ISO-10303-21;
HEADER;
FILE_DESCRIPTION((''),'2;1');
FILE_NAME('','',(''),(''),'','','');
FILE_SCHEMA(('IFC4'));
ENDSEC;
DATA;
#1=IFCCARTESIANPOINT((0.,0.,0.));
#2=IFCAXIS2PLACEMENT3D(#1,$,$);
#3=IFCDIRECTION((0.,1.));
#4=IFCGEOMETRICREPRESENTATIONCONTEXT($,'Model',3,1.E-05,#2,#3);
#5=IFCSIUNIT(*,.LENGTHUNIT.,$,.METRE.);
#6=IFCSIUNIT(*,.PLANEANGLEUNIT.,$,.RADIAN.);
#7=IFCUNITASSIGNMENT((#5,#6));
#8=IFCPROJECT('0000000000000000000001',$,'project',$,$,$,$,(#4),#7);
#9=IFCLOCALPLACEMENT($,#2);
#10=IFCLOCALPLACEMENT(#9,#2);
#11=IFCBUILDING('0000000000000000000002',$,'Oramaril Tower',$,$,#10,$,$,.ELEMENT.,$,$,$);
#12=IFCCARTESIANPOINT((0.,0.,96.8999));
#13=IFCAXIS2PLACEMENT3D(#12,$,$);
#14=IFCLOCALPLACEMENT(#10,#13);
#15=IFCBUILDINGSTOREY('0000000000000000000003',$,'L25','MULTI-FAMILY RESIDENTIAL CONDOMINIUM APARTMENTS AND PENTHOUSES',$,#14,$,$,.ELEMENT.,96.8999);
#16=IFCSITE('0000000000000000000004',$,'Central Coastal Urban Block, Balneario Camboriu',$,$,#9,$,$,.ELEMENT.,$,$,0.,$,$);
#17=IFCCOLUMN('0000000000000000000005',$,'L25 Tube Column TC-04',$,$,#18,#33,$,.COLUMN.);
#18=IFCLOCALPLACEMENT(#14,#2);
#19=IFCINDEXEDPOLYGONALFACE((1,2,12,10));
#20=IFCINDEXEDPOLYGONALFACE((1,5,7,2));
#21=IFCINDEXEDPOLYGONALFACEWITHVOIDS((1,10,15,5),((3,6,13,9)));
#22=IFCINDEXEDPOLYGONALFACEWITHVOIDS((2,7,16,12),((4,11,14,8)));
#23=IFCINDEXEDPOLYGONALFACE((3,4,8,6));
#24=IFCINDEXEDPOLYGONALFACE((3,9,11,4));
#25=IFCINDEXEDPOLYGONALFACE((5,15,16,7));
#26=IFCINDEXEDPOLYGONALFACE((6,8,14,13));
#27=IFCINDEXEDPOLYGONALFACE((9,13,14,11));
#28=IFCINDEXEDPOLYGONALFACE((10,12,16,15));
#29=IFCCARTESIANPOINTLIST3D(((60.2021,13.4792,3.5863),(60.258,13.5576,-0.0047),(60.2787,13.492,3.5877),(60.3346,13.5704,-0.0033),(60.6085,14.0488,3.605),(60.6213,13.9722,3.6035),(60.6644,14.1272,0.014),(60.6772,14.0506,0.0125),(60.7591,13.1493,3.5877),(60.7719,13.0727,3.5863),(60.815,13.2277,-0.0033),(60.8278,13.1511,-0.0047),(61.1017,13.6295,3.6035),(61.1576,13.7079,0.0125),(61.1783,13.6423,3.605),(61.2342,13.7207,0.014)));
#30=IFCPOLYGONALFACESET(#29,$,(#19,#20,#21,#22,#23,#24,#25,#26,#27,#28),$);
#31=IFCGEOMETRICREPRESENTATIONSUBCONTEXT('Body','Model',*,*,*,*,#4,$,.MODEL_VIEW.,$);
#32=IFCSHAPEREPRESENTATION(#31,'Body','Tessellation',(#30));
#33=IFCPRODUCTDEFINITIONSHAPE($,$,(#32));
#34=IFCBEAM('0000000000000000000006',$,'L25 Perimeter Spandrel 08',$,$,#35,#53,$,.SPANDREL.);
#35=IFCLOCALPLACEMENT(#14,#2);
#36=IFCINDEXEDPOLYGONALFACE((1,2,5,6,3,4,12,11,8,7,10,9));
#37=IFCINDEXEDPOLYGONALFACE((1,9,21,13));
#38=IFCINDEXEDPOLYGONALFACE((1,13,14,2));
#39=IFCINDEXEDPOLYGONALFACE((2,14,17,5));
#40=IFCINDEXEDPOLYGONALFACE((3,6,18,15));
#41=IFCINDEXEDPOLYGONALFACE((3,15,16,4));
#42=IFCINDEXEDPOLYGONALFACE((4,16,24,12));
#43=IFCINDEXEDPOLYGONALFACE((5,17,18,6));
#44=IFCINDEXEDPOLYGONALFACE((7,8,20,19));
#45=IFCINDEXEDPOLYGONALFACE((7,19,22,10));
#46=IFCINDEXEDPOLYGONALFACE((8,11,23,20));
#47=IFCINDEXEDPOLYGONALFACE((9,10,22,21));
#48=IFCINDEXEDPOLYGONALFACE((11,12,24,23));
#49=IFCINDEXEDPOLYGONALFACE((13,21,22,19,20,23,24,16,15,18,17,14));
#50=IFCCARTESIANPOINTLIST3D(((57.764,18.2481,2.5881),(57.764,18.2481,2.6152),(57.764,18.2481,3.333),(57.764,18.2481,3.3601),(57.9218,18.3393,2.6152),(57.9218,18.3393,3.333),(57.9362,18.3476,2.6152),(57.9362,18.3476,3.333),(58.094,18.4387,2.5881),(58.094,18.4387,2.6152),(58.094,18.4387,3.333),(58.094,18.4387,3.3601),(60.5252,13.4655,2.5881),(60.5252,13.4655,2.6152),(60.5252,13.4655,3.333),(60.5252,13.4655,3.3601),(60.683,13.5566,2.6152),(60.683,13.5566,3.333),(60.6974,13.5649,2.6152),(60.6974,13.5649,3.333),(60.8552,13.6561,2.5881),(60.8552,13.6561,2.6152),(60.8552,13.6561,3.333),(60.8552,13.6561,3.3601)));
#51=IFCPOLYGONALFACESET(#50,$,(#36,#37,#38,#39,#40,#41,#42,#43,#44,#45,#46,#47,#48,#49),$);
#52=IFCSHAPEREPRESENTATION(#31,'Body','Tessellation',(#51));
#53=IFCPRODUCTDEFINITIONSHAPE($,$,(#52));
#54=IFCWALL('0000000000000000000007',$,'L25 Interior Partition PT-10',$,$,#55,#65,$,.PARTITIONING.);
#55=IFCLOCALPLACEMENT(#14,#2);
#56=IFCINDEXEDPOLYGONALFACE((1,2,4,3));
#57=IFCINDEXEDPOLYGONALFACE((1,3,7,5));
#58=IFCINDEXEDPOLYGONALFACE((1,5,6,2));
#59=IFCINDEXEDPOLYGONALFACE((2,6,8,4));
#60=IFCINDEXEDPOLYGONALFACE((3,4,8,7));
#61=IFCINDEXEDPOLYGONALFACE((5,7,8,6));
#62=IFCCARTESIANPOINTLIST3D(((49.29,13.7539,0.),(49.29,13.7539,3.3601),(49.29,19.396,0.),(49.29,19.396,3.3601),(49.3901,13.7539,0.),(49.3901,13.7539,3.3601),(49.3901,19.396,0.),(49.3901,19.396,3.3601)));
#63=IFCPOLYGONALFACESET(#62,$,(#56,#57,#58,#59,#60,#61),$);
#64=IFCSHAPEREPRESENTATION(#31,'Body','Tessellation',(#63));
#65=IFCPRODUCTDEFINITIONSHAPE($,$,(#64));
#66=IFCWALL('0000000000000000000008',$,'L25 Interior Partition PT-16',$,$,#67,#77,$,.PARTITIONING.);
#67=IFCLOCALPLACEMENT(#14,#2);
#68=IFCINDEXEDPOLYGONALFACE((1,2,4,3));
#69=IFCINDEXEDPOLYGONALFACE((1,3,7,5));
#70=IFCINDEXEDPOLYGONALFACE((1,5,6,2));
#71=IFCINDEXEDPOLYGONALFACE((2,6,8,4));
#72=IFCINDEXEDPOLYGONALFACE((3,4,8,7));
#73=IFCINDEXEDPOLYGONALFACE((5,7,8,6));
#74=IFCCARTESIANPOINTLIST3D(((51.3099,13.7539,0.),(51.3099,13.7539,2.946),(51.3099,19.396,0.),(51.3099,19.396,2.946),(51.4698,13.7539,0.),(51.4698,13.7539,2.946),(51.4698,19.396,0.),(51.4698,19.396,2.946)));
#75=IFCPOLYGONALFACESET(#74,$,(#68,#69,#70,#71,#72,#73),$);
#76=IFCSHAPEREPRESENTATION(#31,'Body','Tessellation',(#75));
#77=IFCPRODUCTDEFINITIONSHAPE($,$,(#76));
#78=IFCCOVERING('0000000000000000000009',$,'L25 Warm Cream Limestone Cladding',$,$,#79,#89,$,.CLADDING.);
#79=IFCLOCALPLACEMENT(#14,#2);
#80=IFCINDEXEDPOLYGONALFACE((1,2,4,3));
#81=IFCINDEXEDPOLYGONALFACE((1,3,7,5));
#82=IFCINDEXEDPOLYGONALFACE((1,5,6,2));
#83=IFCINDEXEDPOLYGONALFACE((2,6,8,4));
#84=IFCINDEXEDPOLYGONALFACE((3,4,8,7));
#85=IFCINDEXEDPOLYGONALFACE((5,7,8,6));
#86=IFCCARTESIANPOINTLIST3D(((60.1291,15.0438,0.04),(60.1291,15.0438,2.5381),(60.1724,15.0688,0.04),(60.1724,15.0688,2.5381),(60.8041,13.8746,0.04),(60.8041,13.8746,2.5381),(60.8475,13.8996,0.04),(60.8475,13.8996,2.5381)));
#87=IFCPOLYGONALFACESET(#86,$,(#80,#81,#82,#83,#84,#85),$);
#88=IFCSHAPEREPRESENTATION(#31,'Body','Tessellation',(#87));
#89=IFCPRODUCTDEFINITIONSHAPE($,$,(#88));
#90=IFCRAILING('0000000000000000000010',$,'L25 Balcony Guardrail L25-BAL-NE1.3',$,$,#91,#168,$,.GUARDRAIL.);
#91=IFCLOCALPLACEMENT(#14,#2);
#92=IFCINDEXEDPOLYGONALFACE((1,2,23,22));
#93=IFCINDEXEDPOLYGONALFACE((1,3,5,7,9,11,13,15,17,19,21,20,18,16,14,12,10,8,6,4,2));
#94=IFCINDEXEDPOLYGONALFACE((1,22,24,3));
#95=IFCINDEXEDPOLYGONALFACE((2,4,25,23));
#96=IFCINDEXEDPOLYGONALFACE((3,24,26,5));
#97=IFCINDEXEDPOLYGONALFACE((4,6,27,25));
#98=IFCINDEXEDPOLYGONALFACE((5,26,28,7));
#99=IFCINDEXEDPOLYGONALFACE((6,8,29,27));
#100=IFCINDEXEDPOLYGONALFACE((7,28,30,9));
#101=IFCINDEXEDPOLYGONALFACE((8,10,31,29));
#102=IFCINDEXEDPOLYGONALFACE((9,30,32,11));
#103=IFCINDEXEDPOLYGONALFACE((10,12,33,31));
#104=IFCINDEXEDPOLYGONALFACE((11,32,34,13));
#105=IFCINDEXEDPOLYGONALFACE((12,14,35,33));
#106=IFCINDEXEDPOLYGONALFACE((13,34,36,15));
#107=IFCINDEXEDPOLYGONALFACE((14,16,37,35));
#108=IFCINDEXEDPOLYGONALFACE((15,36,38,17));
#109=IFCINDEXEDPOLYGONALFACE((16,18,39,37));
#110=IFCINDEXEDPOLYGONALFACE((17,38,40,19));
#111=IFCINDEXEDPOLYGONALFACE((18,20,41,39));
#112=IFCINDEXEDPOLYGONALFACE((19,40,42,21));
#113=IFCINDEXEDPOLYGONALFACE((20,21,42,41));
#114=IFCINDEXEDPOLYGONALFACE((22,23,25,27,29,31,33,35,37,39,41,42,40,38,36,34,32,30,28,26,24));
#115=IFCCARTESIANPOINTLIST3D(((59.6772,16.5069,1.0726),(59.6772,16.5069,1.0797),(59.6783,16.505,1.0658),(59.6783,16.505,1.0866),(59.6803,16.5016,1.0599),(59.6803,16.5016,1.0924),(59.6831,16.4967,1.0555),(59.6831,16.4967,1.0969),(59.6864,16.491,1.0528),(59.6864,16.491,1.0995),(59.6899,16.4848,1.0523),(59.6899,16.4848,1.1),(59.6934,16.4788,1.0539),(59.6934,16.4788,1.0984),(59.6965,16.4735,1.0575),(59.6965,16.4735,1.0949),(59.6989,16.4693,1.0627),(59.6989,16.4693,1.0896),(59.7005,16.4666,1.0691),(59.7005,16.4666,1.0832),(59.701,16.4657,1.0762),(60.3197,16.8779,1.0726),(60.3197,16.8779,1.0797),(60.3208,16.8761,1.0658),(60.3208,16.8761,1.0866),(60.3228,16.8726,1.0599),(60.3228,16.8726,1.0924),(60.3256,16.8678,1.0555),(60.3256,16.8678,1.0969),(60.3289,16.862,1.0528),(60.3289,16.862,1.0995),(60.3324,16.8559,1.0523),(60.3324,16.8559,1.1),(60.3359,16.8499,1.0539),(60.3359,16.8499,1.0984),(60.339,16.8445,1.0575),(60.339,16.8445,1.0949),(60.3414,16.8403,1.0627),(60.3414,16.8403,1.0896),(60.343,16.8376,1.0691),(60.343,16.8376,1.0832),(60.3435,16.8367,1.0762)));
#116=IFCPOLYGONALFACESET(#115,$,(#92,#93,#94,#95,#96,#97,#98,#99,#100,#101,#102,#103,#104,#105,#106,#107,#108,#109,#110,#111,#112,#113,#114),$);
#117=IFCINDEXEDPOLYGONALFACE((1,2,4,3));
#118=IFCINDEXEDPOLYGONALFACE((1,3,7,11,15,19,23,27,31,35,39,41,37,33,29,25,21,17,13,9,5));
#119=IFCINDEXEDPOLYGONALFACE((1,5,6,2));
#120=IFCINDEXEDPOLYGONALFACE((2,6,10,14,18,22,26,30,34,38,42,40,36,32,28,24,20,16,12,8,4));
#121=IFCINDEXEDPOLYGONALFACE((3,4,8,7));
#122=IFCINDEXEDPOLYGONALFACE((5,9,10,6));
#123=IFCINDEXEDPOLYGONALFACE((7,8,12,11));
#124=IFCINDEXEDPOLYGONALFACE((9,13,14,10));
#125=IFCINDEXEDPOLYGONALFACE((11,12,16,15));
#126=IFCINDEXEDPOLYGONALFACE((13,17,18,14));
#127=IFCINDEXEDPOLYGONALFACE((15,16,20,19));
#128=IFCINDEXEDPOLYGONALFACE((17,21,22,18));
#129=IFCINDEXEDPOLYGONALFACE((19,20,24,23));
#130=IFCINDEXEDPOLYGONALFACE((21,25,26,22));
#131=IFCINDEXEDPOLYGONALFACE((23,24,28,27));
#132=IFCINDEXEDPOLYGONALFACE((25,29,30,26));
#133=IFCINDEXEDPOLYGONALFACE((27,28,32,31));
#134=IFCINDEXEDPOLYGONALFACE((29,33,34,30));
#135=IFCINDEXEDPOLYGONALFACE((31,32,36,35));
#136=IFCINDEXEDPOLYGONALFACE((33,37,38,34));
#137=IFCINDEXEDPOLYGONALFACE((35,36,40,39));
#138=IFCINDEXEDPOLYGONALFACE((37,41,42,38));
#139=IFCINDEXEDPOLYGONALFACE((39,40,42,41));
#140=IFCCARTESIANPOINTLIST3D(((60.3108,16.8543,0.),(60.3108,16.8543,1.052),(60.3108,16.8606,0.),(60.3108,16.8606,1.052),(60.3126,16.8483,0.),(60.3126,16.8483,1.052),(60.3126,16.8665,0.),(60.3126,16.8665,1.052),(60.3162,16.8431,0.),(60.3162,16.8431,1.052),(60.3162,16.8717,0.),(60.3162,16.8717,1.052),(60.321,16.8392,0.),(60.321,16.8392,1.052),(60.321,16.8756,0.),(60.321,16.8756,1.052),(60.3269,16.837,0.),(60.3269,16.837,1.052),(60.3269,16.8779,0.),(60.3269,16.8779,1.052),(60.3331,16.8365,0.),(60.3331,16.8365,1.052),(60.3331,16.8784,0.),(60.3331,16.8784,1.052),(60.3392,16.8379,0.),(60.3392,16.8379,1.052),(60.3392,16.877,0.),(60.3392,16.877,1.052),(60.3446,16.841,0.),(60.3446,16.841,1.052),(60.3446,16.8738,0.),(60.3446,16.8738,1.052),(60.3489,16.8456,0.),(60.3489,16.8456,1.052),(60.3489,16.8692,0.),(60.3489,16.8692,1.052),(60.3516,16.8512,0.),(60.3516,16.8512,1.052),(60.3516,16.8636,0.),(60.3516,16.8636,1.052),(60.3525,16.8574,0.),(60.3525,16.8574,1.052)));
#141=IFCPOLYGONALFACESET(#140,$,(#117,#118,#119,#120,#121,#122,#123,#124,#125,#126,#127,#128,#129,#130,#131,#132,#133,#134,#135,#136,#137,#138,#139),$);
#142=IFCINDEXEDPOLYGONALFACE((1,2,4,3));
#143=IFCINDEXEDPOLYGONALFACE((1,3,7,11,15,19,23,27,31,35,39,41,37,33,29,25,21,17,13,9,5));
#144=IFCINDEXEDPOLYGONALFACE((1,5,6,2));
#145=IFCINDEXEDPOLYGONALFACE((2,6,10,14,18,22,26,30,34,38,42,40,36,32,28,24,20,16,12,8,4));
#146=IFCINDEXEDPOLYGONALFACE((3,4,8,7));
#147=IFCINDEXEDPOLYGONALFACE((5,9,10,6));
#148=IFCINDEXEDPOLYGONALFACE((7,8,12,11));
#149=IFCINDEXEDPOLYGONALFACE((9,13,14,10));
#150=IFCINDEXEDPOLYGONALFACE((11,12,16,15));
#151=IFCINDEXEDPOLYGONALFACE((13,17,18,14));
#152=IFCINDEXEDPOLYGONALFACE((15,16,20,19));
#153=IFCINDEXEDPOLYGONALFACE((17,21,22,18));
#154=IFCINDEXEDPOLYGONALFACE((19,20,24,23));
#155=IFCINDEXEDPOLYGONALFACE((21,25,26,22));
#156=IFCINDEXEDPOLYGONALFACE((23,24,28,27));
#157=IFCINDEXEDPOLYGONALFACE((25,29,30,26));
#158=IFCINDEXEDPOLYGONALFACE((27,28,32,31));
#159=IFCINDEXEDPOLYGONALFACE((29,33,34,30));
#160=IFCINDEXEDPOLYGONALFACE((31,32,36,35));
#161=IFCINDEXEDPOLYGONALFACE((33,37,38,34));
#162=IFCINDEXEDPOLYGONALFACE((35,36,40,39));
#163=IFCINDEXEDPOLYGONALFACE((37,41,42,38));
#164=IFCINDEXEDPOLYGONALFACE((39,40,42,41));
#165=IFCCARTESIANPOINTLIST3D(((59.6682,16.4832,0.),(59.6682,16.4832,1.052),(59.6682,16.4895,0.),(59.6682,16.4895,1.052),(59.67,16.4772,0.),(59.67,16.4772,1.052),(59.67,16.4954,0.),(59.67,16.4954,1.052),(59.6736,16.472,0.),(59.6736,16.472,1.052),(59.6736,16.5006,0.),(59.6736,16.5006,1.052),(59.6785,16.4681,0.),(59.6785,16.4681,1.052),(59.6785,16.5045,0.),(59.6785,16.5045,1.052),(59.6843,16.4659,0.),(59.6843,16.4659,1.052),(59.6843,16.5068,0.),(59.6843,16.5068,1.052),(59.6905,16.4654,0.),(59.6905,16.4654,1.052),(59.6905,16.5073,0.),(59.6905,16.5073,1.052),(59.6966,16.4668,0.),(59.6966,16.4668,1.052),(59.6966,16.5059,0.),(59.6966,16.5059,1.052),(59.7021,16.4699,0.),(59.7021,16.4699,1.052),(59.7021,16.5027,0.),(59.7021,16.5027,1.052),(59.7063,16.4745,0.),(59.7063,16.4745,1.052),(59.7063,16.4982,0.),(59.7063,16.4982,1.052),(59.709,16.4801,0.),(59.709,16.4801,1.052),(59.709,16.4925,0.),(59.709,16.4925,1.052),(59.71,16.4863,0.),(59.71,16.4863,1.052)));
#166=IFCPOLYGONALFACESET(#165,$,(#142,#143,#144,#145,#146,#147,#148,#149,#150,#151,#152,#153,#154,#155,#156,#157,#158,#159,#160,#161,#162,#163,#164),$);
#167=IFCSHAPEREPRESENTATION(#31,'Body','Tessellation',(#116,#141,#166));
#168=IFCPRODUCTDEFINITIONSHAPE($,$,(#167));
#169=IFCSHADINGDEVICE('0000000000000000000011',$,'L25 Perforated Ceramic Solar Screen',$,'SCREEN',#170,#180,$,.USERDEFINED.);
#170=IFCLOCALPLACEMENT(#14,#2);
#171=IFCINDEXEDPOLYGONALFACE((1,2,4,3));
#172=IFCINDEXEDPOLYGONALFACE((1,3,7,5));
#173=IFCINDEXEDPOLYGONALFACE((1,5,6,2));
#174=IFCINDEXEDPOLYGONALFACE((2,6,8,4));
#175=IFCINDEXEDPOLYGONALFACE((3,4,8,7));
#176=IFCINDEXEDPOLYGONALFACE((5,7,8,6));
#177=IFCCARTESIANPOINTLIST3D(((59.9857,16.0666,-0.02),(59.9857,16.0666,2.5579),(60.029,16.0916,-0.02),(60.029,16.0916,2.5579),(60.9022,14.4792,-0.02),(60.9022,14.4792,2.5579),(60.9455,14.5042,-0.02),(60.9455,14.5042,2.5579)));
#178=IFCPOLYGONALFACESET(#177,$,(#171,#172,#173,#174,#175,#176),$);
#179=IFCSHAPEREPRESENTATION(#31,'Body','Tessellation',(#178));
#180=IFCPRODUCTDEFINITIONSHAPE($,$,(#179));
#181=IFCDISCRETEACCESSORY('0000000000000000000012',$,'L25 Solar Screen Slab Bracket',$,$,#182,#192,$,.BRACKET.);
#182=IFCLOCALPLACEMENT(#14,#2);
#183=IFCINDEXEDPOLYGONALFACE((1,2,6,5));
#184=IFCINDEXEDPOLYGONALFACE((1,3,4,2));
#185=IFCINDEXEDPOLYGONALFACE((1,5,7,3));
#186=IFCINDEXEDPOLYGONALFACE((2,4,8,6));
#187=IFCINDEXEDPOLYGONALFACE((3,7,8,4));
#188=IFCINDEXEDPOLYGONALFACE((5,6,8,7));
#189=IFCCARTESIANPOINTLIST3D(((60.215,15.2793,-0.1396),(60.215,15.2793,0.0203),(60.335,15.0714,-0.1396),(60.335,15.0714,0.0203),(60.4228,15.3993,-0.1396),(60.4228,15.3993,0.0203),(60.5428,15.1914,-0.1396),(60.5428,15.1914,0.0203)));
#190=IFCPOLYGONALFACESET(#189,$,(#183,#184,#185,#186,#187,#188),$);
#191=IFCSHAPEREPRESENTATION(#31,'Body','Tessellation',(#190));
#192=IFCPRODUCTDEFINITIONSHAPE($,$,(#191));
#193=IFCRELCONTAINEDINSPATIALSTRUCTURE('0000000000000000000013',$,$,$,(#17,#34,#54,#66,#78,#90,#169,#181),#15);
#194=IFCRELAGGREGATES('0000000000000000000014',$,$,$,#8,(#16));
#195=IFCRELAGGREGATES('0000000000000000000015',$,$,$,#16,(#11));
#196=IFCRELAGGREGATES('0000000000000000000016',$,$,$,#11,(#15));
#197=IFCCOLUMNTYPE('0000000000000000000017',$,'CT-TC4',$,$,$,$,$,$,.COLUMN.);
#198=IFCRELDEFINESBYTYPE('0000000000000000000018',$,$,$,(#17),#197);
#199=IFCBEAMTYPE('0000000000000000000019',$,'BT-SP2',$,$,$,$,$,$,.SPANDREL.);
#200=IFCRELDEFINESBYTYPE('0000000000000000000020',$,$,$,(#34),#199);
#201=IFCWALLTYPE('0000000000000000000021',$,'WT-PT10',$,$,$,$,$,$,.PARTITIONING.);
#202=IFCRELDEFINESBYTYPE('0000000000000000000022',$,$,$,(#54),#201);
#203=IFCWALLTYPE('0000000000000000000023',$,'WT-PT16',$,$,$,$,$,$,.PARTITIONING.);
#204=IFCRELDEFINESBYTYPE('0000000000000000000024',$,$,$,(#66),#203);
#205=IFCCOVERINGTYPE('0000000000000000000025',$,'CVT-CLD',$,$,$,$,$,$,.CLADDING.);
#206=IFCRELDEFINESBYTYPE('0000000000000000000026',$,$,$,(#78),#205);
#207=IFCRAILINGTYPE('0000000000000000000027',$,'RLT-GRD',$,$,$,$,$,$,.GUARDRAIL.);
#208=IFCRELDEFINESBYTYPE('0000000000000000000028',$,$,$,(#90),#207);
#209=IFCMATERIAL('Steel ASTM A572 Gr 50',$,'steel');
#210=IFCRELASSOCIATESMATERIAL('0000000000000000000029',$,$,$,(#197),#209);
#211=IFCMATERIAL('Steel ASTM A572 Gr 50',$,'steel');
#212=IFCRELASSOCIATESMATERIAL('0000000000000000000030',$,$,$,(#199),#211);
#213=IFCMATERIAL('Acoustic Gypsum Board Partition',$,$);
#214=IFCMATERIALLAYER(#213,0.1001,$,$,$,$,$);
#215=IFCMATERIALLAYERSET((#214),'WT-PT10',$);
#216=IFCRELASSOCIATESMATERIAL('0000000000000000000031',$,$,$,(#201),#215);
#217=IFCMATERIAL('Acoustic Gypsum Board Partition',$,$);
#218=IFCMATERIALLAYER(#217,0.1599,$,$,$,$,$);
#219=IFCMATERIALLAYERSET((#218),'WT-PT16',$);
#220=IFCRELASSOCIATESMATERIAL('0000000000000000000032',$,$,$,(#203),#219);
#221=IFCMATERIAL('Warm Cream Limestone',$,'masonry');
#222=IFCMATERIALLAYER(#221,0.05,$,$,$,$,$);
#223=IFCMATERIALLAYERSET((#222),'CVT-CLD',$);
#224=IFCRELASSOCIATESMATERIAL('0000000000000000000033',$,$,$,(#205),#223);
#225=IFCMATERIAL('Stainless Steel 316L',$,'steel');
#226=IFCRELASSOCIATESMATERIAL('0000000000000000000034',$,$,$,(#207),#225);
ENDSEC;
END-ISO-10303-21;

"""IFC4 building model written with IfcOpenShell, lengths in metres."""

from ifc_helpers import new_model, si_unit, direction, frame, frame_2d, origin, origin_2d, place, context, subcontext, project, spatial, rectangle, hollow_rectangle, circle, i_section, extrude, material, layer, layer_set, material_profile, profile_set, type_object, element, save


model = new_model("IFC4")

# Units and contexts
model_context = context("Model", 3, precision=1e-05, world=origin(), true_north=direction((0.0, 1.0)))
body_context = subcontext(model_context, "Body", "Model", "MODEL_VIEW")
ifc_project = project(units=[si_unit("LENGTHUNIT", "METRE"), si_unit("PLANEANGLEUNIT", "RADIAN")], contexts=[model_context])

# Site, building, storey
site_placement = place(None, origin())
site = spatial("IfcSite", under=ifc_project, at=site_placement, Name="Central Coastal Urban Block, Balneario Camboriu", CompositionType="ELEMENT", RefElevation=0.0)
building_placement = place(site_placement, origin())
building = spatial("IfcBuilding", under=site, at=building_placement, Name="Oramaril Tower", CompositionType="ELEMENT")
storey_placement = place(building_placement, frame((0.0, 0.0, 96.8999)))
storey = spatial("IfcBuildingStorey", under=building, at=storey_placement, Name="L25", Description="MULTI-FAMILY RESIDENTIAL CONDOMINIUM APARTMENTS AND PENTHOUSES", CompositionType="ELEMENT", Elevation=96.8999)

# Column
ifc_material_1 = material(Name="Steel ASTM A572 Gr 50", Category="steel")
ifc_material_profile_1 = material_profile(ifc_material_1, hollow_rectangle(XDim=0.7, YDim=0.7, WallThickness=0.0549, at=origin_2d()), Name="BOX700X700X55")
ifc_profile_set_1 = profile_set([ifc_material_profile_1], Name="Steel ASTM A572 Gr 50")
column_type = type_object("IfcColumnType", Name="CT-TC4", PredefinedType="COLUMN", material=ifc_profile_set_1)
column_placement = place(storey_placement, frame((60.7461, 13.6392, 0.0046), z_axis=(-0.015563, -0.021816, 0.999641), x_axis=(0.814076, -0.580758, 0.0)))
element("IfcColumn", 1, at=column_placement, inside=storey, type_object=column_type, Name="L25 Tube Column TC-04", PredefinedType="COLUMN", context=body_context, shape_type="SweptSolid", body=[
    extrude(hollow_rectangle(XDim=0.7, YDim=0.7, WallThickness=0.0549, at=origin_2d()), origin(), (0.0, 0.0, 1.0), 3.5923),
])

# Beam
ifc_material_2 = material(Name="Steel ASTM A572 Gr 50", Category="steel")
ifc_material_profile_2 = material_profile(ifc_material_2, i_section(OverallWidth=0.3811, OverallDepth=0.772, WebThickness=0.0166, FlangeThickness=0.0271, at=origin_2d()), Name="W30X173")
ifc_profile_set_2 = profile_set([ifc_material_profile_2], Name="Steel ASTM A572 Gr 50")
beam_type = type_object("IfcBeamType", Name="BT-SP2", PredefinedType="SPANDREL", material=ifc_profile_set_2)
beam_placement = place(storey_placement, frame((60.6902, 13.5608, 2.9741), z_axis=(-0.49999, 0.866031, 0.0), x_axis=(-0.866031, -0.49999, 0.0)))
element("IfcBeam", 2, at=beam_placement, inside=storey, type_object=beam_type, Name="L25 Perimeter Spandrel 08", PredefinedType="SPANDREL", context=body_context, shape_type="SweptSolid", body=[
    extrude(i_section(OverallWidth=0.3811, OverallDepth=0.772, WebThickness=0.0166, FlangeThickness=0.0271, at=origin_2d()), origin(), (0.0, 0.0, 1.0), 5.5225),
])

# Walls
ifc_material_3 = material(Name="Acoustic Gypsum Board Partition")
ifc_layer_1 = layer(ifc_material_3, 0.1001)
ifc_layer_set_1 = layer_set([ifc_layer_1], Name="WT-PT10")
wall_type_1 = type_object("IfcWallType", Name="WT-PT10", PredefinedType="PARTITIONING", material=ifc_layer_set_1)
wall_1_placement = place(storey_placement, frame((49.3401, 13.7539, 0.0), z_axis=(0.0, 0.0, 1.0), x_axis=(0.0, 1.0, 0.0)))
element("IfcWall", 3, at=wall_1_placement, inside=storey, type_object=wall_type_1, Name="L25 Interior Partition PT-10", PredefinedType="PARTITIONING", context=body_context, shape_type="SweptSolid", body=[
    extrude(rectangle(XDim=5.6421, YDim=0.1001, at=frame_2d((2.821, 0.0))), origin(), (0.0, 0.0, 1.0), 3.3601),
])
ifc_material_4 = material(Name="Acoustic Gypsum Board Partition")
ifc_layer_2 = layer(ifc_material_4, 0.1599)
ifc_layer_set_2 = layer_set([ifc_layer_2], Name="WT-PT16")
wall_type_2 = type_object("IfcWallType", Name="WT-PT16", PredefinedType="PARTITIONING", material=ifc_layer_set_2)
wall_2_placement = place(storey_placement, frame((51.3899, 13.7539, 0.0), z_axis=(0.0, 0.0, 1.0), x_axis=(0.0, 1.0, 0.0)))
element("IfcWall", 4, at=wall_2_placement, inside=storey, type_object=wall_type_2, Name="L25 Interior Partition PT-16", PredefinedType="PARTITIONING", context=body_context, shape_type="SweptSolid", body=[
    extrude(rectangle(XDim=5.6421, YDim=0.1599, at=frame_2d((2.821, 0.0))), origin(), (0.0, 0.0, 1.0), 2.946),
])

# Covering
ifc_material_5 = material(Name="Warm Cream Limestone", Category="masonry")
ifc_layer_3 = layer(ifc_material_5, 0.05)
ifc_layer_set_3 = layer_set([ifc_layer_3], Name="CVT-CLD")
covering_type = type_object("IfcCoveringType", Name="CVT-CLD", PredefinedType="CLADDING", material=ifc_layer_set_3)
covering_placement = place(storey_placement, frame((60.4883, 14.4717, 0.04), z_axis=(0.0, 0.0, 1.0), x_axis=(-0.5, 0.866025, 0.0)))
element("IfcCovering", 5, at=covering_placement, inside=storey, type_object=covering_type, Name="L25 Warm Cream Limestone Cladding", PredefinedType="CLADDING", context=body_context, shape_type="SweptSolid", body=[
    extrude(rectangle(XDim=1.3501, YDim=0.05, at=origin_2d()), origin(), (0.0, 0.0, 1.0), 2.498),
])

# Railing
ifc_material_6 = material(Name="Stainless Steel 316L", Category="steel")
railing_type = type_object("IfcRailingType", Name="RLT-GRD", PredefinedType="GUARDRAIL", material=ifc_material_6)
railing_placement = place(storey_placement, frame((60.3315, 16.8574, 0.0)))
element("IfcRailing", 6, at=railing_placement, inside=storey, type_object=railing_type, Name="L25 Balcony Guardrail L25-BAL-NE1.3", PredefinedType="GUARDRAIL", context=body_context, shape_type="SweptSolid", body=[
    extrude(circle(Radius=0.0239, at=origin_2d()), frame((0.0, 0.0, 1.0762), z_axis=(-0.865966, -0.500102, 0.0), x_axis=(0.500102, -0.865966, 0.0)), (0.0, 0.0, 1.0), 0.7419),
    extrude(circle(Radius=0.021, at=origin_2d()), origin(), (0.0, 0.0, 1.0), 1.052),
    extrude(circle(Radius=0.021, at=origin_2d()), frame((-0.6426, -0.3711, 0.0)), (0.0, 0.0, 1.0), 1.052),
])

# Shading device
shading_device_placement = place(storey_placement, frame((60.4656, 15.2854, -0.02), z_axis=(0.0, 0.0, 1.0), x_axis=(-0.5, 0.866025, 0.0)))
element("IfcShadingDevice", 7, at=shading_device_placement, inside=storey, Name="L25 Perforated Ceramic Solar Screen", ObjectType="SCREEN", PredefinedType="USERDEFINED", context=body_context, shape_type="SweptSolid", body=[
    extrude(rectangle(XDim=1.833, YDim=0.05, at=origin_2d()), origin(), (0.0, 0.0, 1.0), 2.5779),
])

# Discrete accessory
discrete_accessory_placement = place(storey_placement, frame((60.3789, 15.2354, -0.1396), z_axis=(0.0, 0.0, 1.0), x_axis=(-0.5, 0.866025, 0.0)))
element("IfcDiscreteAccessory", 8, at=discrete_accessory_placement, inside=storey, Name="L25 Solar Screen Slab Bracket", PredefinedType="BRACKET", context=body_context, shape_type="SweptSolid", body=[
    extrude(rectangle(XDim=0.24, YDim=0.24, at=origin_2d()), origin(), (0.0, 0.0, 1.0), 0.1599),
])

save(model, "model.ifc")
